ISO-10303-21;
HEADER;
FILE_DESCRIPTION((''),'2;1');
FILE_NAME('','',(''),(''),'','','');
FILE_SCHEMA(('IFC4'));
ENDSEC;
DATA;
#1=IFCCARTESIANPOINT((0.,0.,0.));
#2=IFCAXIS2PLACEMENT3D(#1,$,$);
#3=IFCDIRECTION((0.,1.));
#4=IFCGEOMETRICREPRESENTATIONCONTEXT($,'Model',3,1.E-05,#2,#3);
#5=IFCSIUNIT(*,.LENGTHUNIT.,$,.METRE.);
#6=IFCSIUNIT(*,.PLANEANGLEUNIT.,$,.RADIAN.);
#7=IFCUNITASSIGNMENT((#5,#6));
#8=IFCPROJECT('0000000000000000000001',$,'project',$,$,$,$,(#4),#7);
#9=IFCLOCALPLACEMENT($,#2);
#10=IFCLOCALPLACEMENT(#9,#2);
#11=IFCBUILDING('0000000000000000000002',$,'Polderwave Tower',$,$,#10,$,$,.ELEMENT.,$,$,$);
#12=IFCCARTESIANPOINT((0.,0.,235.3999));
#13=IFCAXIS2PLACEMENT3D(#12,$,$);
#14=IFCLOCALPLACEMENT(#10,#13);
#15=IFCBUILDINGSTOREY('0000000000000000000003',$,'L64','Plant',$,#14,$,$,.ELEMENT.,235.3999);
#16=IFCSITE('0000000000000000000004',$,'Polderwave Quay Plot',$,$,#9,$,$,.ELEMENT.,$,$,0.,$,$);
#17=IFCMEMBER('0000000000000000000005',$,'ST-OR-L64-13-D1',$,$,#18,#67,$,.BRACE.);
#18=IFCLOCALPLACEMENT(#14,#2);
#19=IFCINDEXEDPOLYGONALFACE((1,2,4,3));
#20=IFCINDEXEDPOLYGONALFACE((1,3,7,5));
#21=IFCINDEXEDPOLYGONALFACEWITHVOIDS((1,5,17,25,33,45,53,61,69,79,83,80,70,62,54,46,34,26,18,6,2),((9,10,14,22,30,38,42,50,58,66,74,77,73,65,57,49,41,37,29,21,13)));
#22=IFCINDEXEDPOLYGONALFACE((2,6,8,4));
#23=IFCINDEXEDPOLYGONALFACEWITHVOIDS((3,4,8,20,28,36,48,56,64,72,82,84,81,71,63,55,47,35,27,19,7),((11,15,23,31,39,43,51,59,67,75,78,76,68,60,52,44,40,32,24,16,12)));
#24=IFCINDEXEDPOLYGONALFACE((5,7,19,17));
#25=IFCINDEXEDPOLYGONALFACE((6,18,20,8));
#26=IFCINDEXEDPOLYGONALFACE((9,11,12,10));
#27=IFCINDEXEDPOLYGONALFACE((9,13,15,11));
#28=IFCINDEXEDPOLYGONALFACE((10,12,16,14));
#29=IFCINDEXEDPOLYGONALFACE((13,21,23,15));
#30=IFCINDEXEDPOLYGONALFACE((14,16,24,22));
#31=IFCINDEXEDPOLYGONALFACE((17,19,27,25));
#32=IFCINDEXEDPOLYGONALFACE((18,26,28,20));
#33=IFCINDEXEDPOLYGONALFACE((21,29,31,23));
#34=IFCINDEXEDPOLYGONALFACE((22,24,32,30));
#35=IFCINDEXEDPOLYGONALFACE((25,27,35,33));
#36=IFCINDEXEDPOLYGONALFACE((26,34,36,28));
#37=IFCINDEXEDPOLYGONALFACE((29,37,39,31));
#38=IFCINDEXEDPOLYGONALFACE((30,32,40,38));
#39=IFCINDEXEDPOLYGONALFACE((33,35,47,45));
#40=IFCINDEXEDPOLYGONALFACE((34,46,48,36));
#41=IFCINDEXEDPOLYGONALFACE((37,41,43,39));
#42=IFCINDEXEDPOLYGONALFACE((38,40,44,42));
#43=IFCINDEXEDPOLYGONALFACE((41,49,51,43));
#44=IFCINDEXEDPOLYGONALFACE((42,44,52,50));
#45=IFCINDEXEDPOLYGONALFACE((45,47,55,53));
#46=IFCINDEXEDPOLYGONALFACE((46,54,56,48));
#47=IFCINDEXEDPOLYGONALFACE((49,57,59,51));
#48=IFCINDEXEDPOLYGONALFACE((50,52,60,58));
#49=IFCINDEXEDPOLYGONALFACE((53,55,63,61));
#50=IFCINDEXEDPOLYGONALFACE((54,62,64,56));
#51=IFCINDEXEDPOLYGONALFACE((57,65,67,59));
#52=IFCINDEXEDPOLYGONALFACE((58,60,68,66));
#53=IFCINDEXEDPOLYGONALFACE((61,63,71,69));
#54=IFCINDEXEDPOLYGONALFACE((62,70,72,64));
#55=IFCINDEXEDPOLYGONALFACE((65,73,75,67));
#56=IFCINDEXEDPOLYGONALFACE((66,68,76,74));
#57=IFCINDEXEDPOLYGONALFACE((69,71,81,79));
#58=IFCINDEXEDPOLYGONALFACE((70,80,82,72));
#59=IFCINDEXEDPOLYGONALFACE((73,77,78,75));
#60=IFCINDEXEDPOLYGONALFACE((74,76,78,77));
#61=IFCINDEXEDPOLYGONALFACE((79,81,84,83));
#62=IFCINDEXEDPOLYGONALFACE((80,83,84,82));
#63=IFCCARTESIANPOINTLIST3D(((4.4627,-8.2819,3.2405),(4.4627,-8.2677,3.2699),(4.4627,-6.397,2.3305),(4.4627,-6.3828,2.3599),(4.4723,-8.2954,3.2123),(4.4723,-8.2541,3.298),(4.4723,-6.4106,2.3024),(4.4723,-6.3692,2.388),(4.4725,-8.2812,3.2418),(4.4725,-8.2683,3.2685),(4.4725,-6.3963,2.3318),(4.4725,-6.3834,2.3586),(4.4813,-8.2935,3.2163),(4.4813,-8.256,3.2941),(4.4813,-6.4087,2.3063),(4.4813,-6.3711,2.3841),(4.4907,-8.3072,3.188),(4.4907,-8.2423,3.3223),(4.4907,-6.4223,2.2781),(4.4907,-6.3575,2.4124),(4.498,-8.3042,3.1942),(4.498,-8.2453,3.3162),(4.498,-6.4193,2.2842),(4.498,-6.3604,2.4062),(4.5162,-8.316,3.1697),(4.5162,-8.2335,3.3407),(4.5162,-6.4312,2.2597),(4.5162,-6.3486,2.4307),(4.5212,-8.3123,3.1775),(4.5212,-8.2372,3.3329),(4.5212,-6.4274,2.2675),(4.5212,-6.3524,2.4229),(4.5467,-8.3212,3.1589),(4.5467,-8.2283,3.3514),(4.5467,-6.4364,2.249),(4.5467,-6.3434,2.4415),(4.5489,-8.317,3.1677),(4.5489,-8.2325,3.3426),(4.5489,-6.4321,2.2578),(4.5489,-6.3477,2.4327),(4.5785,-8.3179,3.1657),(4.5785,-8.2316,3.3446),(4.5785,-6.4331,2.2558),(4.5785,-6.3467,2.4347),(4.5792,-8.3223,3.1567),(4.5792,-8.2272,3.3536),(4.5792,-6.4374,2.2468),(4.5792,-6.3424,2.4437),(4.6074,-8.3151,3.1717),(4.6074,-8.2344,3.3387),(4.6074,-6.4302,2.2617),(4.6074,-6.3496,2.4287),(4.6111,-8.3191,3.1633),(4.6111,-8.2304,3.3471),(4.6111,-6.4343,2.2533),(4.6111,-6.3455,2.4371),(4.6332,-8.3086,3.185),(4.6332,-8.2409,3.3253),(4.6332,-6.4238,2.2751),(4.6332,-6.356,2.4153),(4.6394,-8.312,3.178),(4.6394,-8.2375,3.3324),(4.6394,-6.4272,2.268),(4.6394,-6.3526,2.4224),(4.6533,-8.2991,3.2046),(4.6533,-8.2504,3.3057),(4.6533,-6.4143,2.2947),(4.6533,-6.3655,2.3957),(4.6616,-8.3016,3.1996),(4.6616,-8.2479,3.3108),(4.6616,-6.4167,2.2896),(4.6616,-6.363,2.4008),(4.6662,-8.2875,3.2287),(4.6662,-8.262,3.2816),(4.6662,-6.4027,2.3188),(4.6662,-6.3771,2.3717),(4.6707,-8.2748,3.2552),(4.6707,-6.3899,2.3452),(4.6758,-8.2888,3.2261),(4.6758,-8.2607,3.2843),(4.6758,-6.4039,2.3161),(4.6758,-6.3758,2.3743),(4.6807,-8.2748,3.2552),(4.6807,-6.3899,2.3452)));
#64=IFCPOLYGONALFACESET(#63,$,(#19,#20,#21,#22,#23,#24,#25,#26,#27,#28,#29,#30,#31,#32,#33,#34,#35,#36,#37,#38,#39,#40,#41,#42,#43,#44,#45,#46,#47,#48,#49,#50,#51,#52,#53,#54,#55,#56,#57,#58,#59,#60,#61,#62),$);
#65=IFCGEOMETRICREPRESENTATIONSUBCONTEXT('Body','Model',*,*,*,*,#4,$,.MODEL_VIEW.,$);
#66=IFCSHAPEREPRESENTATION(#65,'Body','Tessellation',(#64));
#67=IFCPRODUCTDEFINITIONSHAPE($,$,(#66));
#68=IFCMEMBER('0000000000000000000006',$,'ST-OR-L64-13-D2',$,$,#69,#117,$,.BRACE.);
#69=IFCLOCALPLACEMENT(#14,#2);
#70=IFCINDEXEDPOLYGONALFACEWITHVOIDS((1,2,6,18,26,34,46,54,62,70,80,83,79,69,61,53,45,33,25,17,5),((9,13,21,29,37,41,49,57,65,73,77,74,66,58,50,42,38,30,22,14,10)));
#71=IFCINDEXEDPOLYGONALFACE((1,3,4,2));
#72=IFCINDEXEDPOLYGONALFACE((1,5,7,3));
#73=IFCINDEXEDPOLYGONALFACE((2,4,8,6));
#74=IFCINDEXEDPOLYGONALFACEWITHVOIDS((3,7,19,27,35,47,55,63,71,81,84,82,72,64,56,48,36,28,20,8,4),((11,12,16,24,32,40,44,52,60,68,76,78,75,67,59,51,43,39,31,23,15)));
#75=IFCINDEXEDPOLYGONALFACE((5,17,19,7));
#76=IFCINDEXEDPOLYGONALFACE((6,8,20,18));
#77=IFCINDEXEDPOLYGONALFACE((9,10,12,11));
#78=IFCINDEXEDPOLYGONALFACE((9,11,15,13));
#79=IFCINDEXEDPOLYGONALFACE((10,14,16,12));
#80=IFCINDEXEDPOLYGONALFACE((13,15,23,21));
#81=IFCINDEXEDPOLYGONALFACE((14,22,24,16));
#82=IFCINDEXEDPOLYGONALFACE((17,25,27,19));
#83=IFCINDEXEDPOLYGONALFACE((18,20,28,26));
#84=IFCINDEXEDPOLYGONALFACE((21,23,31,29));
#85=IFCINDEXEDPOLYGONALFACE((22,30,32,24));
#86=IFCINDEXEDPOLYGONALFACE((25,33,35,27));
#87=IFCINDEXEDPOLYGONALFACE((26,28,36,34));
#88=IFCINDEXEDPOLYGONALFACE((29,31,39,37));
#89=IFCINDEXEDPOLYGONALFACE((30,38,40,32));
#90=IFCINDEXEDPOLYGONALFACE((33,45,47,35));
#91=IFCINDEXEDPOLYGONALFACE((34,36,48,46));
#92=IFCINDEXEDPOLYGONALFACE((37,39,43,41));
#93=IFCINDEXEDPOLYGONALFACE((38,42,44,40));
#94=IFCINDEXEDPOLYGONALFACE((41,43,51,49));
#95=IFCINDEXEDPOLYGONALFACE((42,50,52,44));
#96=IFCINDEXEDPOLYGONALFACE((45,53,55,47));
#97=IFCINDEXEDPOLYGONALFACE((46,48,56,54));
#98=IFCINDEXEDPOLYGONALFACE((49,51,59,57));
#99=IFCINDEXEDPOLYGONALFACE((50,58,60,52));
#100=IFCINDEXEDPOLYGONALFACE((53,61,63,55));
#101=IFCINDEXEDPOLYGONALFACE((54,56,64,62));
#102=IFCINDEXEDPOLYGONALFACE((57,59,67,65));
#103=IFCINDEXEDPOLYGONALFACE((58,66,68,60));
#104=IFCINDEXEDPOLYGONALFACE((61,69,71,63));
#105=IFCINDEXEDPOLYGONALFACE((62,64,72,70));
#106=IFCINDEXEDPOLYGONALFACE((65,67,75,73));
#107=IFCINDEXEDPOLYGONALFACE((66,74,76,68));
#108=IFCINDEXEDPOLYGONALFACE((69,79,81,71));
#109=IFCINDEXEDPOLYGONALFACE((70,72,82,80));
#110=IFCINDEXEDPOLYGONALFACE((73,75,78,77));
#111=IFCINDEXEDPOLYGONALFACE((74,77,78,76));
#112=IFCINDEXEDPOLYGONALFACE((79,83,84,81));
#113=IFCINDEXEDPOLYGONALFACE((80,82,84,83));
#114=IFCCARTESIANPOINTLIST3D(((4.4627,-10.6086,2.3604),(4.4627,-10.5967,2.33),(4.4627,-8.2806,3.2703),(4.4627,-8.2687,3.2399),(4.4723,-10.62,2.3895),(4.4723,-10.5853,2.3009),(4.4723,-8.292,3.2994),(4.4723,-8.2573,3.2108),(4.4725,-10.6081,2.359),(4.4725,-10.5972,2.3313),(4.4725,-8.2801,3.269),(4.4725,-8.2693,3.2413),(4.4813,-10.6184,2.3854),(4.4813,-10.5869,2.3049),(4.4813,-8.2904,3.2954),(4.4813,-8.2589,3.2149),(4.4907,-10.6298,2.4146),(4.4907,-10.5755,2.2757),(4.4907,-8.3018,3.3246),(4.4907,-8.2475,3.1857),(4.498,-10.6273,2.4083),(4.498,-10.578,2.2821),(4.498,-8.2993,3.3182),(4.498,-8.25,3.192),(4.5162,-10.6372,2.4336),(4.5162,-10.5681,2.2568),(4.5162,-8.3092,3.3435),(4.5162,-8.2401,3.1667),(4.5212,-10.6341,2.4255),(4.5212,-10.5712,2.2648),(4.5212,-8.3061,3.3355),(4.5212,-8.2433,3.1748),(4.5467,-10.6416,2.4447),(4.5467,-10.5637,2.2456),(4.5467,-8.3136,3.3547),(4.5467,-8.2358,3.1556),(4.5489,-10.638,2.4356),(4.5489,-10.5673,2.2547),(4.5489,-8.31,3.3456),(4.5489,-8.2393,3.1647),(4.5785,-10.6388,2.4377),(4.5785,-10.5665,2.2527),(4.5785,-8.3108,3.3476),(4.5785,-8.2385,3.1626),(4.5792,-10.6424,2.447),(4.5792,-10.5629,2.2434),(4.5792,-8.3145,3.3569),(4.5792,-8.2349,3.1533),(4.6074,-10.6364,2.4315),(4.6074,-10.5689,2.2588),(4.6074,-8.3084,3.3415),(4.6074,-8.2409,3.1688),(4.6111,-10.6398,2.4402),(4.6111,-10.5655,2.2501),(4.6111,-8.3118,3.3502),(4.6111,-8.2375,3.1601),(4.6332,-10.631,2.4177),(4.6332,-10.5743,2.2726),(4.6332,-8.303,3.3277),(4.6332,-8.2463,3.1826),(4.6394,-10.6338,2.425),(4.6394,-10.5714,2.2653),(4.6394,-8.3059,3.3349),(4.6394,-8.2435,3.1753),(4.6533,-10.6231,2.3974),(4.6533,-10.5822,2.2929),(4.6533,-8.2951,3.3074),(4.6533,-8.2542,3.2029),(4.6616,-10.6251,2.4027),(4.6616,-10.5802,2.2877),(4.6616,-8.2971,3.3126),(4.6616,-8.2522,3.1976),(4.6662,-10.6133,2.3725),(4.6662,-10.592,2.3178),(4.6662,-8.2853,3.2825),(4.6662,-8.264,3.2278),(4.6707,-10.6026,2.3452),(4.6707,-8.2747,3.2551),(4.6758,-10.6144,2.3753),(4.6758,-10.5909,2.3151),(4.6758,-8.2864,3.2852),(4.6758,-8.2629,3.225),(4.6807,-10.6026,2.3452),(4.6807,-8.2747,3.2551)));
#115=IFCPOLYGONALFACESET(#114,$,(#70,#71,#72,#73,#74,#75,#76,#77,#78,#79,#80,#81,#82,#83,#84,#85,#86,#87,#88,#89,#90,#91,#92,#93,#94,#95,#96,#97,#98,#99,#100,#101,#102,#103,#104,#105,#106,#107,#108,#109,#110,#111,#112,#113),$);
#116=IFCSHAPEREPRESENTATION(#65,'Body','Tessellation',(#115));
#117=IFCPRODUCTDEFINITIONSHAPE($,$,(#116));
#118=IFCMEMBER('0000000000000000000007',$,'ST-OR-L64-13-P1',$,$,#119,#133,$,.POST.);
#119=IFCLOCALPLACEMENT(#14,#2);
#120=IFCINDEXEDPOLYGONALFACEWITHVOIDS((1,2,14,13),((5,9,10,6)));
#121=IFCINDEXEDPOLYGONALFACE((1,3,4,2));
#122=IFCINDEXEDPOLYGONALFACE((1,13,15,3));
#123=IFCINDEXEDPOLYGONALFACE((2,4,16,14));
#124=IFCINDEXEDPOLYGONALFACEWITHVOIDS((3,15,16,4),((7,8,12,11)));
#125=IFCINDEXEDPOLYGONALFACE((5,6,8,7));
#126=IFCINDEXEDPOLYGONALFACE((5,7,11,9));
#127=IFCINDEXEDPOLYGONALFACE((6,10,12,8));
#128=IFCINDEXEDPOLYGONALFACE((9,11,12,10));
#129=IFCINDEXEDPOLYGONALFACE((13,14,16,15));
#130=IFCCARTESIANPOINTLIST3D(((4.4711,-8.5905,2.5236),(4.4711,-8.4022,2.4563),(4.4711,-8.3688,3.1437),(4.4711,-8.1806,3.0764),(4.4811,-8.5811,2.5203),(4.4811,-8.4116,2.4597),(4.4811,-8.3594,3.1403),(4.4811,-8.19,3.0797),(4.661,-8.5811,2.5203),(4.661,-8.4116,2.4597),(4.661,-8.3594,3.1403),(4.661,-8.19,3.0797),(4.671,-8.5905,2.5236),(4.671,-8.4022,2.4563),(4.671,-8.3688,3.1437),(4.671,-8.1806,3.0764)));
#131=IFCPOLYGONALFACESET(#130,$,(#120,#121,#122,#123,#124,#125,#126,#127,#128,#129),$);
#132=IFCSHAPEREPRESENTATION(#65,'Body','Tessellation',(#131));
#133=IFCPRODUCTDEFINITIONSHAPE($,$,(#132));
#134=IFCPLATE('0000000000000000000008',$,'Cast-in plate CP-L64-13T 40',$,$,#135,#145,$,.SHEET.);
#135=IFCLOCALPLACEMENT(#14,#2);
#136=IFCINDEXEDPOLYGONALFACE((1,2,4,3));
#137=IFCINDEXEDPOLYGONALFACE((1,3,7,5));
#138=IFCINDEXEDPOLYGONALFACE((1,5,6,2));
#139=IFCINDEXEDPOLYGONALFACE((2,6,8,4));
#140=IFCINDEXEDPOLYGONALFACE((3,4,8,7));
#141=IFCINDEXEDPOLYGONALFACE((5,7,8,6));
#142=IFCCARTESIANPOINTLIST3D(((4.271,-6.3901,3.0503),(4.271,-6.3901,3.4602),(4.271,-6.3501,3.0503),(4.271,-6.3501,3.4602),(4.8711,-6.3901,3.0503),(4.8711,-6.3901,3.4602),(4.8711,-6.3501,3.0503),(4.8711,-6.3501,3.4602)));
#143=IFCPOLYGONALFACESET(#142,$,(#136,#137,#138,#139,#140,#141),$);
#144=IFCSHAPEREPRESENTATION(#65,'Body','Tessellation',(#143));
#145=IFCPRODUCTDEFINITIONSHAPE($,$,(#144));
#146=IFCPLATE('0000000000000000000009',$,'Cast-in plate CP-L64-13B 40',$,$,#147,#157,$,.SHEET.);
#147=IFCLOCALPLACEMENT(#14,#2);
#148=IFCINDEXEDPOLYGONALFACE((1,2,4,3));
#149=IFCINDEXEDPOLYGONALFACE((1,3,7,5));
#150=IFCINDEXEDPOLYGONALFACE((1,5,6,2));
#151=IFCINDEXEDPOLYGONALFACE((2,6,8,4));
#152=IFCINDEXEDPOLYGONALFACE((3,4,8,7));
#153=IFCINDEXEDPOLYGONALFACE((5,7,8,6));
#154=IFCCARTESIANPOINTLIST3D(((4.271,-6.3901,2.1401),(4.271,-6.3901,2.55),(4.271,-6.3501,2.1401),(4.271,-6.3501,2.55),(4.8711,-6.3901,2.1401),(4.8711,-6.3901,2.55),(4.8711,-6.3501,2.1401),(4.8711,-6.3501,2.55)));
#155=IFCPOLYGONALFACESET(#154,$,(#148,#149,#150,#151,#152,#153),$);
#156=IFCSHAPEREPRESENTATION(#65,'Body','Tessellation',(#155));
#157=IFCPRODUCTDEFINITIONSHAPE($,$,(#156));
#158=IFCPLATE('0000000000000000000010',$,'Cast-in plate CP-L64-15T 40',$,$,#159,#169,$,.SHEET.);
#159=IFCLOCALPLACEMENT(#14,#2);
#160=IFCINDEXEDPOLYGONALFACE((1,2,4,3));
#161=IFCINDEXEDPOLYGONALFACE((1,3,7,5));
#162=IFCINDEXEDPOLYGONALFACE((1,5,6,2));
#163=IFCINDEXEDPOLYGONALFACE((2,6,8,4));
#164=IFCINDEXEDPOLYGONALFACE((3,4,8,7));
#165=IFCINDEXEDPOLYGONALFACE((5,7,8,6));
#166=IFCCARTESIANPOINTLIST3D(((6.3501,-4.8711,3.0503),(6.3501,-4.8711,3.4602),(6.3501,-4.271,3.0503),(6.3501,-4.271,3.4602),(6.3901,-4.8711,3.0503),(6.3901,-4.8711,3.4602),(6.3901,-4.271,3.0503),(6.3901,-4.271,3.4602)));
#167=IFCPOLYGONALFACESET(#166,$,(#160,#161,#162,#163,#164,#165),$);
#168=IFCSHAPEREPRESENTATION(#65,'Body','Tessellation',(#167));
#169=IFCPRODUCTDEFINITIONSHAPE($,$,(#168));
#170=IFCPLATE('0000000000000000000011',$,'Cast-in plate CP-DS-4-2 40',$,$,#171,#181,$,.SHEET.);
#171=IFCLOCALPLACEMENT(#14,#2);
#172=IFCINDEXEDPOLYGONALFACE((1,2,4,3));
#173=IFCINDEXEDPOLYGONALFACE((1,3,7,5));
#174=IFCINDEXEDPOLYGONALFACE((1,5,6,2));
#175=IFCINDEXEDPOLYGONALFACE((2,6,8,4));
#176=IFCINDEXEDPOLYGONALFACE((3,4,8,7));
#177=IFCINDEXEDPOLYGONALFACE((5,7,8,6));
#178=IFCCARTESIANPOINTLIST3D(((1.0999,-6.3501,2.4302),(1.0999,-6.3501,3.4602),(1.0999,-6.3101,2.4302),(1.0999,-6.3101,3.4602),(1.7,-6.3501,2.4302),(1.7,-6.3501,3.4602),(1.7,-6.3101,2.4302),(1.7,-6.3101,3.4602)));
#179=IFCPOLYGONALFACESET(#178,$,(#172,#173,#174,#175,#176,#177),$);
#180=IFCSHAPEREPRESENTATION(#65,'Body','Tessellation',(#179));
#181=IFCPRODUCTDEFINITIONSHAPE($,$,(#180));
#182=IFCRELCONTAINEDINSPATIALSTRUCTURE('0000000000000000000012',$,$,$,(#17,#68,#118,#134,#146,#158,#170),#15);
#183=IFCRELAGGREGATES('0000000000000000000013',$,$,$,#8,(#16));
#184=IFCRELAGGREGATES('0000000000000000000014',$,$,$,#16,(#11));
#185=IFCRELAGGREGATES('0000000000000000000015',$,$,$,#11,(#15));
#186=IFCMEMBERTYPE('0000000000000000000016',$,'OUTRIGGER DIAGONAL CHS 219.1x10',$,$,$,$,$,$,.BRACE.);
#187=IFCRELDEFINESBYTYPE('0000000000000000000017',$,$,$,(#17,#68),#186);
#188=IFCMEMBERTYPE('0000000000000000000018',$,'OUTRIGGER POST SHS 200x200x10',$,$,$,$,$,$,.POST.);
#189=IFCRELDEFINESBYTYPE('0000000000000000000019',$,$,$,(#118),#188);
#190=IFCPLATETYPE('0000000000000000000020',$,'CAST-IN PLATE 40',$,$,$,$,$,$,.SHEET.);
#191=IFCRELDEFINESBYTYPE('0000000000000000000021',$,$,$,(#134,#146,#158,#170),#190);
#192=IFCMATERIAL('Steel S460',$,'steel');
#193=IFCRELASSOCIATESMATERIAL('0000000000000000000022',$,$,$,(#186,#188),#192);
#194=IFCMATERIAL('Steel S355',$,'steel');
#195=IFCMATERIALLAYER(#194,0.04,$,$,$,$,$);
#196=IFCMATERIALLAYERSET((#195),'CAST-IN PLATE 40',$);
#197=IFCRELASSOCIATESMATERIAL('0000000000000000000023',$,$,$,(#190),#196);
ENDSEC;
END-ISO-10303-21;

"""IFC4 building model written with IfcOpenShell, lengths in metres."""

from ifc_helpers import new_model, si_unit, direction, frame, origin, origin_2d, place, context, subcontext, project, spatial, rectangle, hollow_rectangle, hollow_circle, extrude, material, layer, layer_set, material_profile, profile_set, type_object, element, save


model = new_model("IFC4")

# Units and contexts
model_context = context("Model", 3, precision=1e-05, world=origin(), true_north=direction((0.0, 1.0)))
body_context = subcontext(model_context, "Body", "Model", "MODEL_VIEW")
ifc_project = project(units=[si_unit("LENGTHUNIT", "METRE"), si_unit("PLANEANGLEUNIT", "RADIAN")], contexts=[model_context])

# Site, building, storey
site_placement = place(None, origin())
site = spatial("IfcSite", under=ifc_project, at=site_placement, Name="Polderwave Quay Plot", CompositionType="ELEMENT", RefElevation=0.0)
building_placement = place(site_placement, origin())
building = spatial("IfcBuilding", under=site, at=building_placement, Name="Polderwave Tower", CompositionType="ELEMENT")
storey_placement = place(building_placement, frame((0.0, 0.0, 235.3999)))
storey = spatial("IfcBuildingStorey", under=building, at=storey_placement, Name="L64", Description="Plant", CompositionType="ELEMENT", Elevation=235.3999)

# Shared definitions
ifc_material_1 = material(Name="Steel S460", Category="steel")

# Members
ifc_material_profile_1 = material_profile(ifc_material_1, hollow_circle(Radius=0.1096, WallThickness=0.01, at=origin_2d()), Name="CHS 219.1x10")
ifc_profile_set_1 = profile_set([ifc_material_profile_1], Name="Steel S460")
member_type_1 = type_object("IfcMemberType", Name="OUTRIGGER DIAGONAL CHS 219.1x10", PredefinedType="BRACE", material=ifc_profile_set_1)
member_1_placement = place(storey_placement, frame((4.571, -6.3899, 2.3452), z_axis=(0.0, -0.900547, 0.434759), x_axis=(1.0, 0.0, 0.0)))
element("IfcMember", 1, at=member_1_placement, inside=storey, type_object=member_type_1, Name="ST-OR-L64-13-D1", PredefinedType="BRACE", context=body_context, shape_type="SweptSolid", body=[
    extrude(hollow_circle(Radius=0.1096, WallThickness=0.01, at=origin_2d()), origin(), (0.0, 0.0, 1.0), 2.093),
])
member_2_placement = place(storey_placement, frame((4.571, -8.2747, 3.2551), z_axis=(0.0, -0.931378, -0.364053), x_axis=(1.0, 0.0, 0.0)))
element("IfcMember", 2, at=member_2_placement, inside=storey, type_object=member_type_1, Name="ST-OR-L64-13-D2", PredefinedType="BRACE", context=body_context, shape_type="SweptSolid", body=[
    extrude(hollow_circle(Radius=0.1096, WallThickness=0.01, at=origin_2d()), origin(), (0.0, 0.0, 1.0), 2.4995),
])
ifc_material_profile_2 = material_profile(ifc_material_1, hollow_rectangle(XDim=0.2, YDim=0.2, WallThickness=0.01, at=origin_2d()), Name="SHS 200x200x10")
ifc_profile_set_2 = profile_set([ifc_material_profile_2], Name="Steel S460")
member_type_2 = type_object("IfcMemberType", Name="OUTRIGGER POST SHS 200x200x10", PredefinedType="POST", material=ifc_profile_set_2)
member_3_placement = place(storey_placement, frame((4.571, -8.4963, 2.49), z_axis=(0.0, 0.336618, 0.941641), x_axis=(-1.0, 0.0, 0.0)))
element("IfcMember", 3, at=member_3_placement, inside=storey, type_object=member_type_2, Name="ST-OR-L64-13-P1", PredefinedType="POST", context=body_context, shape_type="SweptSolid", body=[
    extrude(hollow_rectangle(XDim=0.2, YDim=0.2, WallThickness=0.01, at=origin_2d()), origin(), (0.0, 0.0, 1.0), 0.6584),
])

# Plates
ifc_material_2 = material(Name="Steel S355", Category="steel")
ifc_layer_1 = layer(ifc_material_2, 0.04)
ifc_layer_set_1 = layer_set([ifc_layer_1], Name="CAST-IN PLATE 40")
plate_type = type_object("IfcPlateType", Name="CAST-IN PLATE 40", PredefinedType="SHEET", material=ifc_layer_set_1)
for number, where, z_axis, x_axis, name in (
    (4, (4.571, -6.3701, 3.0503), (0.0, 0.0, 1.0), (0.0, 1.0, 0.0), "Cast-in plate CP-L64-13T 40"),
    (5, (4.571, -6.3701, 2.1401), (0.0, 0.0, 1.0), (0.0, 1.0, 0.0), "Cast-in plate CP-L64-13B 40"),
    (6, (6.3701, -4.571, 3.0503), (0.0, 0.0, 1.0), (1.0, 0.0, 0.0), "Cast-in plate CP-L64-15T 40"),
):
    element("IfcPlate", number, at=place(storey_placement, frame(where, z_axis=z_axis, x_axis=x_axis)), inside=storey, type_object=plate_type, Name=name, PredefinedType="SHEET", context=body_context, shape_type="SweptSolid", body=[
        extrude(rectangle(XDim=0.04, YDim=0.6001, at=origin_2d()), origin(), (0.0, 0.0, 1.0), 0.4099),
    ])
plate_placement = place(storey_placement, frame((1.3999, -6.3301, 2.4302), z_axis=(0.0, 0.0, 1.0), x_axis=(0.0, -1.0, 0.0)))
element("IfcPlate", 7, at=plate_placement, inside=storey, type_object=plate_type, Name="Cast-in plate CP-DS-4-2 40", PredefinedType="SHEET", context=body_context, shape_type="SweptSolid", body=[
    extrude(rectangle(XDim=0.04, YDim=0.6001, at=origin_2d()), origin(), (0.0, 0.0, 1.0), 1.03),
])

save(model, "model.ifc")
